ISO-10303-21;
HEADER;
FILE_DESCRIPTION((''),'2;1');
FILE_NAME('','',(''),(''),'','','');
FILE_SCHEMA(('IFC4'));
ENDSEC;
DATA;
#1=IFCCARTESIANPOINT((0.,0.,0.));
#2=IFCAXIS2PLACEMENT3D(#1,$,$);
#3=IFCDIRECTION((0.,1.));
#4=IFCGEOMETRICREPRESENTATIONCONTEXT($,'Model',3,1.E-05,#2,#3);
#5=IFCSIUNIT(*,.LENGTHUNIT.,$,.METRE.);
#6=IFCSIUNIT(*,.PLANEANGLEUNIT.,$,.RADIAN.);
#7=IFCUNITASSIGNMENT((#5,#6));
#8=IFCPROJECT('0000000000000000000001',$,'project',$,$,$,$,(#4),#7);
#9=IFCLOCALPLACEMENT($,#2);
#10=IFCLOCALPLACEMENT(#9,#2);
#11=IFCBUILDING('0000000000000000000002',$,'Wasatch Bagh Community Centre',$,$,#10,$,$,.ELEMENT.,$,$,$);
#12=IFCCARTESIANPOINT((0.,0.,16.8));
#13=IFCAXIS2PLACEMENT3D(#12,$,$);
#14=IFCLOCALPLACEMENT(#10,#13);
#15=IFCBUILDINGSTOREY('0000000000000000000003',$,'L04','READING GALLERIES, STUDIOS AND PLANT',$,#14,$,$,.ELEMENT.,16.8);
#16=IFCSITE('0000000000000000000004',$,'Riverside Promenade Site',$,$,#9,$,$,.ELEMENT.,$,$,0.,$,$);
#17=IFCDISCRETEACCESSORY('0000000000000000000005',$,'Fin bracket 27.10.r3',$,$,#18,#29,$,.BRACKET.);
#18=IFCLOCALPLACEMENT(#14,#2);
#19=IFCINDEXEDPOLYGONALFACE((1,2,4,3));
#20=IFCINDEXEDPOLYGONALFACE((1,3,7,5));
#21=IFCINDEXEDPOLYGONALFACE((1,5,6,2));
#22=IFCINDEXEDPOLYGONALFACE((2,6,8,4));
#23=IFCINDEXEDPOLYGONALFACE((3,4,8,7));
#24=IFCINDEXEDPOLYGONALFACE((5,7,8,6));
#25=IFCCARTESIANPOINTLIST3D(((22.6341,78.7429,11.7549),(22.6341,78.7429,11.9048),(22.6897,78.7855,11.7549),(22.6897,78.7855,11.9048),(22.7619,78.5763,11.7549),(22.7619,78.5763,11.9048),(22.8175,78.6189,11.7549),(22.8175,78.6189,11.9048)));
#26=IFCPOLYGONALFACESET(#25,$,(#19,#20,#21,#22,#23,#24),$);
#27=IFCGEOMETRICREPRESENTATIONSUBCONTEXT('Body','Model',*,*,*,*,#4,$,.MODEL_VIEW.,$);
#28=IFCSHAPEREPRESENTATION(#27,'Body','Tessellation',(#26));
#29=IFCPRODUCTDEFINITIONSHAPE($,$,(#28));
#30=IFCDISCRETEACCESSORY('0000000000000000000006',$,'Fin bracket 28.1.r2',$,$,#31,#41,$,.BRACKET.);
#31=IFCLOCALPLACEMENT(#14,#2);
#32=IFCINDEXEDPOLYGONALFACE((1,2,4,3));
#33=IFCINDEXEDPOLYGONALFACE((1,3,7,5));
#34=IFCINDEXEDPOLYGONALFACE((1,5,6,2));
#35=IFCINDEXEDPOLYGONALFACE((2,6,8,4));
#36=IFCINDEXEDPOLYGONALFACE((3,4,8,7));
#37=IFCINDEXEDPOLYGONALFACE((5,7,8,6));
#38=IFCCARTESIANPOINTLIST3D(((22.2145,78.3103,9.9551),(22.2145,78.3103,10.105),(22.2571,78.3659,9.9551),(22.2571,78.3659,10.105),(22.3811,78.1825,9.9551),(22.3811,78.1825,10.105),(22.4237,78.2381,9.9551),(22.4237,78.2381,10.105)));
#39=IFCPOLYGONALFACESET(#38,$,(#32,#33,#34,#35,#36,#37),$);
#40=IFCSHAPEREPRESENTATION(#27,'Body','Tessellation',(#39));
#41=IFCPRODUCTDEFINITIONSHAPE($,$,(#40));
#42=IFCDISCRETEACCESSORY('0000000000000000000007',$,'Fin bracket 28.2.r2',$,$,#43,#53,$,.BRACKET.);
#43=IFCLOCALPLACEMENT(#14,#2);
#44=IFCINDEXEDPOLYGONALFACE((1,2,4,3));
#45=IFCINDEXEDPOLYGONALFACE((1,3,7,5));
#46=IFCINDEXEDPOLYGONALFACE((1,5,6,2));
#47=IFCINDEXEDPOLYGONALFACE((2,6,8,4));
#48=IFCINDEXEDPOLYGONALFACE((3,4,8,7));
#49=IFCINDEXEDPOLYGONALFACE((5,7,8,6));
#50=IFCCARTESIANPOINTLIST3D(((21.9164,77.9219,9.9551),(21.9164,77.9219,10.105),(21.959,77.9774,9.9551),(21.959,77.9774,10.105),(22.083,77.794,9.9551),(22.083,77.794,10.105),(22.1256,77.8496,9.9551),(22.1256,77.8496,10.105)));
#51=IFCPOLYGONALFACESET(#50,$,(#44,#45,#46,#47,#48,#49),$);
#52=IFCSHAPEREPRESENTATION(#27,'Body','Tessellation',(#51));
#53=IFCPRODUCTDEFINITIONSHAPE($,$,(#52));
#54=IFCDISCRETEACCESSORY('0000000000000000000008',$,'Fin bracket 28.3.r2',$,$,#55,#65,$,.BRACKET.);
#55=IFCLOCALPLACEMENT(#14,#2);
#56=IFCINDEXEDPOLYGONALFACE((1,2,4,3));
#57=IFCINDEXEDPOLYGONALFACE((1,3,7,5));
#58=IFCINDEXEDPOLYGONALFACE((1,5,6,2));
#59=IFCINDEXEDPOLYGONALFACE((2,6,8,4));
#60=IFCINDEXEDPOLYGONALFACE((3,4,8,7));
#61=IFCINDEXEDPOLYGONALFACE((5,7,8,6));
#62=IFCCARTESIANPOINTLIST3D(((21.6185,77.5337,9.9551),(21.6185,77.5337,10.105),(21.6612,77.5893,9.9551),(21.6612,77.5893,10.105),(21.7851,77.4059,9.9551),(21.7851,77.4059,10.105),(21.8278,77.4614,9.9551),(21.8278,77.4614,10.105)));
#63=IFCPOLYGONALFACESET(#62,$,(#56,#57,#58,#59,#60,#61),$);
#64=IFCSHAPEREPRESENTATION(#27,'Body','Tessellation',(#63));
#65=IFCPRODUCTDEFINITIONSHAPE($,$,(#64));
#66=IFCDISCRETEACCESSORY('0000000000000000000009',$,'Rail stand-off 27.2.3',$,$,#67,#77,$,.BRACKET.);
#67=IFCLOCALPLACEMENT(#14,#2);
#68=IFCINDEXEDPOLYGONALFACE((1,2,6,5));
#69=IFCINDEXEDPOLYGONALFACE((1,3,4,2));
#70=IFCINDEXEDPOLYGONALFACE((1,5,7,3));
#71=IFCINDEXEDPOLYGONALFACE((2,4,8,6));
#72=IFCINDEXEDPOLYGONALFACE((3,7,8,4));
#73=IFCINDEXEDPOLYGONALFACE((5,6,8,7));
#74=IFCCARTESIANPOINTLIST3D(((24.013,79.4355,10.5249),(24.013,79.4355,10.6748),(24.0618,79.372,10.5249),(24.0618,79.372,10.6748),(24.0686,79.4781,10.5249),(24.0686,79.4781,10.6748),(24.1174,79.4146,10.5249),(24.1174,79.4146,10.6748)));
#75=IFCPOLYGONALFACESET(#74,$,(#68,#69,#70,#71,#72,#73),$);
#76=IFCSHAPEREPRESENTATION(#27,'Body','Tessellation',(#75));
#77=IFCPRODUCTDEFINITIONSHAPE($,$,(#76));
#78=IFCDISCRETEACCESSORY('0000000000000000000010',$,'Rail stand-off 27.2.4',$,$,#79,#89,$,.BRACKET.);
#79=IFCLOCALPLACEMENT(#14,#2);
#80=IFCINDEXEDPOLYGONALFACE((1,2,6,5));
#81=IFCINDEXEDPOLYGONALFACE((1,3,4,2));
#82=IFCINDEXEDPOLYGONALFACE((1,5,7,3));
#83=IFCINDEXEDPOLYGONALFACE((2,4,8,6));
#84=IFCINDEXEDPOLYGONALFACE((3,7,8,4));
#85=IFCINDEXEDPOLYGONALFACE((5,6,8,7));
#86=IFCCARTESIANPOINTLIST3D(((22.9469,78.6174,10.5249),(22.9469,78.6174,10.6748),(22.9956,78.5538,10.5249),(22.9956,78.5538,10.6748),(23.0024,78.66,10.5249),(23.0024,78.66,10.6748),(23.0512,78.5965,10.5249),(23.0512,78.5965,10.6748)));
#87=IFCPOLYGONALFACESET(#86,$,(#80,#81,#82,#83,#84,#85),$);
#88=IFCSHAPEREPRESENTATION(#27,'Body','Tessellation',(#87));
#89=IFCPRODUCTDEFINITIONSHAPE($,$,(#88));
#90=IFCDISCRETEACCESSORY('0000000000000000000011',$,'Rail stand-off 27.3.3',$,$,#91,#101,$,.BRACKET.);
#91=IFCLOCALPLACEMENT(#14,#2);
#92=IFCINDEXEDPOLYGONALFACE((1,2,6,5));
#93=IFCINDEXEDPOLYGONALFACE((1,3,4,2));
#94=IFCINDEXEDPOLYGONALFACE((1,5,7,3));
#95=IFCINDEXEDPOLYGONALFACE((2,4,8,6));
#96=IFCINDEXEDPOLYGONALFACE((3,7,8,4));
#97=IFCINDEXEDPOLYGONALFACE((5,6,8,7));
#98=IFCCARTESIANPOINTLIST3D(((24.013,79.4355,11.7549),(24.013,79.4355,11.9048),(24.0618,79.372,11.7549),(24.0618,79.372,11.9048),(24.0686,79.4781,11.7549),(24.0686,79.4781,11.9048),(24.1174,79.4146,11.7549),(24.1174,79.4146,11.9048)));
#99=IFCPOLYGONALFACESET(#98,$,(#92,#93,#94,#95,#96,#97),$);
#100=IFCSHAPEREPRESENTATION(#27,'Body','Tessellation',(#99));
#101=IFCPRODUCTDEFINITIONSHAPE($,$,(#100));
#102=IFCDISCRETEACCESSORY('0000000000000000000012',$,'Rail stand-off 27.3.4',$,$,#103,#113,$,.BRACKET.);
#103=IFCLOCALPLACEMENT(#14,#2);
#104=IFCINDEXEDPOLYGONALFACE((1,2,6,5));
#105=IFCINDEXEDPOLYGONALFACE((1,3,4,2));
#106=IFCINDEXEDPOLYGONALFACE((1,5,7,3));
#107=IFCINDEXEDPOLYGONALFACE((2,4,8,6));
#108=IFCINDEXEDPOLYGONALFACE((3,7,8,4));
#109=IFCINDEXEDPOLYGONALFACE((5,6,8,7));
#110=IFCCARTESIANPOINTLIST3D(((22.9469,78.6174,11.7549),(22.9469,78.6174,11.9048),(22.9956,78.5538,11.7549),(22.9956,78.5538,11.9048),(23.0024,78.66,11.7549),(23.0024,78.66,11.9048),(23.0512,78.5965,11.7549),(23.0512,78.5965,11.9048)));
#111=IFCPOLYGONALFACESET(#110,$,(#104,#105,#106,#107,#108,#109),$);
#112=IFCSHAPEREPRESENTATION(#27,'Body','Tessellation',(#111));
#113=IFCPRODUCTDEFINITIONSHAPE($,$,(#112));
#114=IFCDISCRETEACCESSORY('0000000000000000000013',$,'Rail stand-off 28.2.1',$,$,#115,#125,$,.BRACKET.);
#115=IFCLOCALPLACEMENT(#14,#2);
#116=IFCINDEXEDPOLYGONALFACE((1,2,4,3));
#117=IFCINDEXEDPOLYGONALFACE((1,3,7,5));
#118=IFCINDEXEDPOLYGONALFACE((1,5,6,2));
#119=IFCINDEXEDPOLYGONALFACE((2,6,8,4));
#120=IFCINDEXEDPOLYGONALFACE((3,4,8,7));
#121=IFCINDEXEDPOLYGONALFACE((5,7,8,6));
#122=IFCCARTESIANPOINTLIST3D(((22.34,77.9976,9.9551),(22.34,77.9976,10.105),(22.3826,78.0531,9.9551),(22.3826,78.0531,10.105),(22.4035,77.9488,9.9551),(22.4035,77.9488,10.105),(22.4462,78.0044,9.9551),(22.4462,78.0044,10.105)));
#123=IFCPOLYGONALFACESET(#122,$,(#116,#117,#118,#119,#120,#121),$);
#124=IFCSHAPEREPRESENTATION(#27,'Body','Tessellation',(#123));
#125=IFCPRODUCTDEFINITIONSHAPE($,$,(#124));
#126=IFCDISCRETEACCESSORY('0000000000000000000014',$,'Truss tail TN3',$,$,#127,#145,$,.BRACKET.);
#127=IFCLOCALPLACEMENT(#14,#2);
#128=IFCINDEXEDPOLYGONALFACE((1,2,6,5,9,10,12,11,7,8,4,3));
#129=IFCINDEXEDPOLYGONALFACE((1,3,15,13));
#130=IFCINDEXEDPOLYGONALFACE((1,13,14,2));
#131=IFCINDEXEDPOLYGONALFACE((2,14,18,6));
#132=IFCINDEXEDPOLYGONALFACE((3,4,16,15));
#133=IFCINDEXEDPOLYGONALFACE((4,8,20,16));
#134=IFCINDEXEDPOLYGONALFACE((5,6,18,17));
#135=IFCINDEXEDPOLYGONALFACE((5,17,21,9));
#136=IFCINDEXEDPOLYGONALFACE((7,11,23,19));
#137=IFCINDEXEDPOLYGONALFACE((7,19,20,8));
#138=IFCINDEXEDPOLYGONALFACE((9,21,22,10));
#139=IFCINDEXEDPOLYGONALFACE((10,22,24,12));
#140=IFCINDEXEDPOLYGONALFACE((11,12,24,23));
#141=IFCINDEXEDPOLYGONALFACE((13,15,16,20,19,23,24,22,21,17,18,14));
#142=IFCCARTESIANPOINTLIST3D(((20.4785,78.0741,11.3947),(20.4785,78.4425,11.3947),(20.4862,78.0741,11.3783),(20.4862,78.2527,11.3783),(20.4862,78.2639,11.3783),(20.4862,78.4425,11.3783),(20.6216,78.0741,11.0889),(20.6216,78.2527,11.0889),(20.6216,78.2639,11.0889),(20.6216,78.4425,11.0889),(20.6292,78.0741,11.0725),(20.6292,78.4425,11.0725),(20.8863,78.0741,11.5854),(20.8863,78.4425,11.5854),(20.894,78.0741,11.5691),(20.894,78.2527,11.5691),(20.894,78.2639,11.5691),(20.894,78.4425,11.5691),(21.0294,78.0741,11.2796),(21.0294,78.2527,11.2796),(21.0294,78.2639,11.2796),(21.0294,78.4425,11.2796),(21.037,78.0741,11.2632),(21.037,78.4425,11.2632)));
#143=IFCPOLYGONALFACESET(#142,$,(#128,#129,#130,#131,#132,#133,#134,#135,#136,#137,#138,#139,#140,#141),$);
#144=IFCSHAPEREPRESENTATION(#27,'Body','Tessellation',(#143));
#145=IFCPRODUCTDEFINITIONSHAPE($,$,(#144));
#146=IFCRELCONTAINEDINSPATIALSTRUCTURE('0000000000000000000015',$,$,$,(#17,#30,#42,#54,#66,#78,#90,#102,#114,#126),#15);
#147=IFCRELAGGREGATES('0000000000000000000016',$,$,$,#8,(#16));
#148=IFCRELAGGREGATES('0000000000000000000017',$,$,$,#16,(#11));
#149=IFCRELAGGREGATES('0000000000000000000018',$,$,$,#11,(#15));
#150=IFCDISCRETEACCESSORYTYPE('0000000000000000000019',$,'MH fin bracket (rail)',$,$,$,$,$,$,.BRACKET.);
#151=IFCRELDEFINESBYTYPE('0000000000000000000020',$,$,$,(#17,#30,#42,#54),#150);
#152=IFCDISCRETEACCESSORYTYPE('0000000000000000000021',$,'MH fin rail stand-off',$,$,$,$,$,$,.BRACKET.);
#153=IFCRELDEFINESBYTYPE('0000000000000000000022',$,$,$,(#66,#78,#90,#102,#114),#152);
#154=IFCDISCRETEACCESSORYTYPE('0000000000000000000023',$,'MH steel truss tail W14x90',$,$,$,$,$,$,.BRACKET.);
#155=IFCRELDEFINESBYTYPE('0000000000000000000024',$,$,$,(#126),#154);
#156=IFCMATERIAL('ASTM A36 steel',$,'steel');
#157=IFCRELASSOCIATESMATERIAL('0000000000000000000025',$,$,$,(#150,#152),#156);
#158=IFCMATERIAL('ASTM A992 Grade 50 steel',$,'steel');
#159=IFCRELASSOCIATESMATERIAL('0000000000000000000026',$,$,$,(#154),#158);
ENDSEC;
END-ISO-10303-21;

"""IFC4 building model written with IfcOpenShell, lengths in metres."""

from ifc_helpers import new_model, si_unit, direction, frame, origin, origin_2d, place, context, subcontext, project, spatial, rectangle, i_section, extrude, material, material_profile, profile_set, type_object, element, save


model = new_model("IFC4")

# Units and contexts
model_context = context("Model", 3, precision=1e-05, world=origin(), true_north=direction((0.0, 1.0)))
body_context = subcontext(model_context, "Body", "Model", "MODEL_VIEW")
ifc_project = project(units=[si_unit("LENGTHUNIT", "METRE"), si_unit("PLANEANGLEUNIT", "RADIAN")], contexts=[model_context])

# Site, building, storey
site_placement = place(None, origin())
site = spatial("IfcSite", under=ifc_project, at=site_placement, Name="Riverside Promenade Site", CompositionType="ELEMENT", RefElevation=0.0)
building_placement = place(site_placement, origin())
building = spatial("IfcBuilding", under=site, at=building_placement, Name="Wasatch Bagh Community Centre", CompositionType="ELEMENT")
storey_placement = place(building_placement, frame((0.0, 0.0, 16.8)))
storey = spatial("IfcBuildingStorey", under=building, at=storey_placement, Name="L04", Description="READING GALLERIES, STUDIOS AND PLANT", CompositionType="ELEMENT", Elevation=16.8)

# Shared definitions
ifc_material_1 = material(Name="ASTM A992 Grade 50 steel", Category="steel")

# Discrete accessories
ifc_material_2 = material(Name="ASTM A36 steel", Category="steel")
discrete_accessory_type_1 = type_object("IfcDiscreteAccessoryType", Name="MH fin bracket (rail)", PredefinedType="BRACKET", material=ifc_material_2)
for number, where, z_axis, x_axis, name in (
    (1, (22.7258, 78.6809, 11.7549), (0.0, 0.0, 1.0), (-0.793353, -0.608761, 0.0), "Fin bracket 27.10.r3"),
    (2, (22.3191, 78.2742, 9.9551), (0.0, 0.0, 1.0), (-0.608761, -0.793353, 0.0), "Fin bracket 28.1.r2"),
    (3, (22.021, 77.8857, 9.9551), (0.0, 0.0, 1.0), (-0.608761, -0.793353, 0.0), "Fin bracket 28.2.r2"),
    (4, (21.7231, 77.4976, 9.9551), (0.0, 0.0, 1.0), (-0.608761, -0.793353, 0.0), "Fin bracket 28.3.r2"),
):
    element("IfcDiscreteAccessory", number, at=place(storey_placement, frame(where, z_axis=z_axis, x_axis=x_axis)), inside=storey, type_object=discrete_accessory_type_1, Name=name, PredefinedType="BRACKET", context=body_context, shape_type="SweptSolid", body=[
        extrude(rectangle(XDim=0.0701, YDim=0.21, at=origin_2d()), origin(), (0.0, 0.0, 1.0), 0.1499),
    ])
discrete_accessory_type_2 = type_object("IfcDiscreteAccessoryType", Name="MH fin rail stand-off", PredefinedType="BRACKET", material=ifc_material_2)
for number, where, z_axis, x_axis, name in (
    (5, (24.0652, 79.425, 10.5249), (0.0, 0.0, 1.0), (-0.793353, -0.608761, 0.0), "Rail stand-off 27.2.3"),
    (6, (22.999, 78.6069, 10.5249), (0.0, 0.0, 1.0), (-0.793353, -0.608761, 0.0), "Rail stand-off 27.2.4"),
    (7, (24.0652, 79.425, 11.7549), (0.0, 0.0, 1.0), (-0.793353, -0.608761, 0.0), "Rail stand-off 27.3.3"),
    (8, (22.999, 78.6069, 11.7549), (0.0, 0.0, 1.0), (-0.793353, -0.608761, 0.0), "Rail stand-off 27.3.4"),
    (9, (22.3931, 78.001, 9.9551), (0.0, 0.0, 1.0), (-0.608761, -0.793353, 0.0), "Rail stand-off 28.2.1"),
):
    element("IfcDiscreteAccessory", number, at=place(storey_placement, frame(where, z_axis=z_axis, x_axis=x_axis)), inside=storey, type_object=discrete_accessory_type_2, Name=name, PredefinedType="BRACKET", context=body_context, shape_type="SweptSolid", body=[
        extrude(rectangle(XDim=0.0701, YDim=0.0801, at=origin_2d()), origin(), (0.0, 0.0, 1.0), 0.1499),
    ])
ifc_material_profile_1 = material_profile(ifc_material_1, i_section(OverallWidth=0.3684, OverallDepth=0.3557, WebThickness=0.0112, FlangeThickness=0.0181, at=origin_2d()), Name="W14x90")
ifc_profile_set_1 = profile_set([ifc_material_profile_1], Name="ASTM A992 Grade 50 steel")
discrete_accessory_type_3 = type_object("IfcDiscreteAccessoryType", Name="MH steel truss tail W14x90", PredefinedType="BRACKET", material=ifc_profile_set_1)
discrete_accessory_placement = place(storey_placement, frame((20.9617, 78.2583, 11.4243), z_axis=(-0.905836, 0.0, -0.423628), x_axis=(0.0, -1.0, 0.0)))
element("IfcDiscreteAccessory", 10, at=discrete_accessory_placement, inside=storey, type_object=discrete_accessory_type_3, Name="Truss tail TN3", PredefinedType="BRACKET", context=body_context, shape_type="SweptSolid", body=[
    extrude(i_section(OverallWidth=0.3684, OverallDepth=0.3557, WebThickness=0.0112, FlangeThickness=0.0181, at=origin_2d()), origin(), (0.0, 0.0, 1.0), 0.4502),
])

save(model, "model.ifc")
